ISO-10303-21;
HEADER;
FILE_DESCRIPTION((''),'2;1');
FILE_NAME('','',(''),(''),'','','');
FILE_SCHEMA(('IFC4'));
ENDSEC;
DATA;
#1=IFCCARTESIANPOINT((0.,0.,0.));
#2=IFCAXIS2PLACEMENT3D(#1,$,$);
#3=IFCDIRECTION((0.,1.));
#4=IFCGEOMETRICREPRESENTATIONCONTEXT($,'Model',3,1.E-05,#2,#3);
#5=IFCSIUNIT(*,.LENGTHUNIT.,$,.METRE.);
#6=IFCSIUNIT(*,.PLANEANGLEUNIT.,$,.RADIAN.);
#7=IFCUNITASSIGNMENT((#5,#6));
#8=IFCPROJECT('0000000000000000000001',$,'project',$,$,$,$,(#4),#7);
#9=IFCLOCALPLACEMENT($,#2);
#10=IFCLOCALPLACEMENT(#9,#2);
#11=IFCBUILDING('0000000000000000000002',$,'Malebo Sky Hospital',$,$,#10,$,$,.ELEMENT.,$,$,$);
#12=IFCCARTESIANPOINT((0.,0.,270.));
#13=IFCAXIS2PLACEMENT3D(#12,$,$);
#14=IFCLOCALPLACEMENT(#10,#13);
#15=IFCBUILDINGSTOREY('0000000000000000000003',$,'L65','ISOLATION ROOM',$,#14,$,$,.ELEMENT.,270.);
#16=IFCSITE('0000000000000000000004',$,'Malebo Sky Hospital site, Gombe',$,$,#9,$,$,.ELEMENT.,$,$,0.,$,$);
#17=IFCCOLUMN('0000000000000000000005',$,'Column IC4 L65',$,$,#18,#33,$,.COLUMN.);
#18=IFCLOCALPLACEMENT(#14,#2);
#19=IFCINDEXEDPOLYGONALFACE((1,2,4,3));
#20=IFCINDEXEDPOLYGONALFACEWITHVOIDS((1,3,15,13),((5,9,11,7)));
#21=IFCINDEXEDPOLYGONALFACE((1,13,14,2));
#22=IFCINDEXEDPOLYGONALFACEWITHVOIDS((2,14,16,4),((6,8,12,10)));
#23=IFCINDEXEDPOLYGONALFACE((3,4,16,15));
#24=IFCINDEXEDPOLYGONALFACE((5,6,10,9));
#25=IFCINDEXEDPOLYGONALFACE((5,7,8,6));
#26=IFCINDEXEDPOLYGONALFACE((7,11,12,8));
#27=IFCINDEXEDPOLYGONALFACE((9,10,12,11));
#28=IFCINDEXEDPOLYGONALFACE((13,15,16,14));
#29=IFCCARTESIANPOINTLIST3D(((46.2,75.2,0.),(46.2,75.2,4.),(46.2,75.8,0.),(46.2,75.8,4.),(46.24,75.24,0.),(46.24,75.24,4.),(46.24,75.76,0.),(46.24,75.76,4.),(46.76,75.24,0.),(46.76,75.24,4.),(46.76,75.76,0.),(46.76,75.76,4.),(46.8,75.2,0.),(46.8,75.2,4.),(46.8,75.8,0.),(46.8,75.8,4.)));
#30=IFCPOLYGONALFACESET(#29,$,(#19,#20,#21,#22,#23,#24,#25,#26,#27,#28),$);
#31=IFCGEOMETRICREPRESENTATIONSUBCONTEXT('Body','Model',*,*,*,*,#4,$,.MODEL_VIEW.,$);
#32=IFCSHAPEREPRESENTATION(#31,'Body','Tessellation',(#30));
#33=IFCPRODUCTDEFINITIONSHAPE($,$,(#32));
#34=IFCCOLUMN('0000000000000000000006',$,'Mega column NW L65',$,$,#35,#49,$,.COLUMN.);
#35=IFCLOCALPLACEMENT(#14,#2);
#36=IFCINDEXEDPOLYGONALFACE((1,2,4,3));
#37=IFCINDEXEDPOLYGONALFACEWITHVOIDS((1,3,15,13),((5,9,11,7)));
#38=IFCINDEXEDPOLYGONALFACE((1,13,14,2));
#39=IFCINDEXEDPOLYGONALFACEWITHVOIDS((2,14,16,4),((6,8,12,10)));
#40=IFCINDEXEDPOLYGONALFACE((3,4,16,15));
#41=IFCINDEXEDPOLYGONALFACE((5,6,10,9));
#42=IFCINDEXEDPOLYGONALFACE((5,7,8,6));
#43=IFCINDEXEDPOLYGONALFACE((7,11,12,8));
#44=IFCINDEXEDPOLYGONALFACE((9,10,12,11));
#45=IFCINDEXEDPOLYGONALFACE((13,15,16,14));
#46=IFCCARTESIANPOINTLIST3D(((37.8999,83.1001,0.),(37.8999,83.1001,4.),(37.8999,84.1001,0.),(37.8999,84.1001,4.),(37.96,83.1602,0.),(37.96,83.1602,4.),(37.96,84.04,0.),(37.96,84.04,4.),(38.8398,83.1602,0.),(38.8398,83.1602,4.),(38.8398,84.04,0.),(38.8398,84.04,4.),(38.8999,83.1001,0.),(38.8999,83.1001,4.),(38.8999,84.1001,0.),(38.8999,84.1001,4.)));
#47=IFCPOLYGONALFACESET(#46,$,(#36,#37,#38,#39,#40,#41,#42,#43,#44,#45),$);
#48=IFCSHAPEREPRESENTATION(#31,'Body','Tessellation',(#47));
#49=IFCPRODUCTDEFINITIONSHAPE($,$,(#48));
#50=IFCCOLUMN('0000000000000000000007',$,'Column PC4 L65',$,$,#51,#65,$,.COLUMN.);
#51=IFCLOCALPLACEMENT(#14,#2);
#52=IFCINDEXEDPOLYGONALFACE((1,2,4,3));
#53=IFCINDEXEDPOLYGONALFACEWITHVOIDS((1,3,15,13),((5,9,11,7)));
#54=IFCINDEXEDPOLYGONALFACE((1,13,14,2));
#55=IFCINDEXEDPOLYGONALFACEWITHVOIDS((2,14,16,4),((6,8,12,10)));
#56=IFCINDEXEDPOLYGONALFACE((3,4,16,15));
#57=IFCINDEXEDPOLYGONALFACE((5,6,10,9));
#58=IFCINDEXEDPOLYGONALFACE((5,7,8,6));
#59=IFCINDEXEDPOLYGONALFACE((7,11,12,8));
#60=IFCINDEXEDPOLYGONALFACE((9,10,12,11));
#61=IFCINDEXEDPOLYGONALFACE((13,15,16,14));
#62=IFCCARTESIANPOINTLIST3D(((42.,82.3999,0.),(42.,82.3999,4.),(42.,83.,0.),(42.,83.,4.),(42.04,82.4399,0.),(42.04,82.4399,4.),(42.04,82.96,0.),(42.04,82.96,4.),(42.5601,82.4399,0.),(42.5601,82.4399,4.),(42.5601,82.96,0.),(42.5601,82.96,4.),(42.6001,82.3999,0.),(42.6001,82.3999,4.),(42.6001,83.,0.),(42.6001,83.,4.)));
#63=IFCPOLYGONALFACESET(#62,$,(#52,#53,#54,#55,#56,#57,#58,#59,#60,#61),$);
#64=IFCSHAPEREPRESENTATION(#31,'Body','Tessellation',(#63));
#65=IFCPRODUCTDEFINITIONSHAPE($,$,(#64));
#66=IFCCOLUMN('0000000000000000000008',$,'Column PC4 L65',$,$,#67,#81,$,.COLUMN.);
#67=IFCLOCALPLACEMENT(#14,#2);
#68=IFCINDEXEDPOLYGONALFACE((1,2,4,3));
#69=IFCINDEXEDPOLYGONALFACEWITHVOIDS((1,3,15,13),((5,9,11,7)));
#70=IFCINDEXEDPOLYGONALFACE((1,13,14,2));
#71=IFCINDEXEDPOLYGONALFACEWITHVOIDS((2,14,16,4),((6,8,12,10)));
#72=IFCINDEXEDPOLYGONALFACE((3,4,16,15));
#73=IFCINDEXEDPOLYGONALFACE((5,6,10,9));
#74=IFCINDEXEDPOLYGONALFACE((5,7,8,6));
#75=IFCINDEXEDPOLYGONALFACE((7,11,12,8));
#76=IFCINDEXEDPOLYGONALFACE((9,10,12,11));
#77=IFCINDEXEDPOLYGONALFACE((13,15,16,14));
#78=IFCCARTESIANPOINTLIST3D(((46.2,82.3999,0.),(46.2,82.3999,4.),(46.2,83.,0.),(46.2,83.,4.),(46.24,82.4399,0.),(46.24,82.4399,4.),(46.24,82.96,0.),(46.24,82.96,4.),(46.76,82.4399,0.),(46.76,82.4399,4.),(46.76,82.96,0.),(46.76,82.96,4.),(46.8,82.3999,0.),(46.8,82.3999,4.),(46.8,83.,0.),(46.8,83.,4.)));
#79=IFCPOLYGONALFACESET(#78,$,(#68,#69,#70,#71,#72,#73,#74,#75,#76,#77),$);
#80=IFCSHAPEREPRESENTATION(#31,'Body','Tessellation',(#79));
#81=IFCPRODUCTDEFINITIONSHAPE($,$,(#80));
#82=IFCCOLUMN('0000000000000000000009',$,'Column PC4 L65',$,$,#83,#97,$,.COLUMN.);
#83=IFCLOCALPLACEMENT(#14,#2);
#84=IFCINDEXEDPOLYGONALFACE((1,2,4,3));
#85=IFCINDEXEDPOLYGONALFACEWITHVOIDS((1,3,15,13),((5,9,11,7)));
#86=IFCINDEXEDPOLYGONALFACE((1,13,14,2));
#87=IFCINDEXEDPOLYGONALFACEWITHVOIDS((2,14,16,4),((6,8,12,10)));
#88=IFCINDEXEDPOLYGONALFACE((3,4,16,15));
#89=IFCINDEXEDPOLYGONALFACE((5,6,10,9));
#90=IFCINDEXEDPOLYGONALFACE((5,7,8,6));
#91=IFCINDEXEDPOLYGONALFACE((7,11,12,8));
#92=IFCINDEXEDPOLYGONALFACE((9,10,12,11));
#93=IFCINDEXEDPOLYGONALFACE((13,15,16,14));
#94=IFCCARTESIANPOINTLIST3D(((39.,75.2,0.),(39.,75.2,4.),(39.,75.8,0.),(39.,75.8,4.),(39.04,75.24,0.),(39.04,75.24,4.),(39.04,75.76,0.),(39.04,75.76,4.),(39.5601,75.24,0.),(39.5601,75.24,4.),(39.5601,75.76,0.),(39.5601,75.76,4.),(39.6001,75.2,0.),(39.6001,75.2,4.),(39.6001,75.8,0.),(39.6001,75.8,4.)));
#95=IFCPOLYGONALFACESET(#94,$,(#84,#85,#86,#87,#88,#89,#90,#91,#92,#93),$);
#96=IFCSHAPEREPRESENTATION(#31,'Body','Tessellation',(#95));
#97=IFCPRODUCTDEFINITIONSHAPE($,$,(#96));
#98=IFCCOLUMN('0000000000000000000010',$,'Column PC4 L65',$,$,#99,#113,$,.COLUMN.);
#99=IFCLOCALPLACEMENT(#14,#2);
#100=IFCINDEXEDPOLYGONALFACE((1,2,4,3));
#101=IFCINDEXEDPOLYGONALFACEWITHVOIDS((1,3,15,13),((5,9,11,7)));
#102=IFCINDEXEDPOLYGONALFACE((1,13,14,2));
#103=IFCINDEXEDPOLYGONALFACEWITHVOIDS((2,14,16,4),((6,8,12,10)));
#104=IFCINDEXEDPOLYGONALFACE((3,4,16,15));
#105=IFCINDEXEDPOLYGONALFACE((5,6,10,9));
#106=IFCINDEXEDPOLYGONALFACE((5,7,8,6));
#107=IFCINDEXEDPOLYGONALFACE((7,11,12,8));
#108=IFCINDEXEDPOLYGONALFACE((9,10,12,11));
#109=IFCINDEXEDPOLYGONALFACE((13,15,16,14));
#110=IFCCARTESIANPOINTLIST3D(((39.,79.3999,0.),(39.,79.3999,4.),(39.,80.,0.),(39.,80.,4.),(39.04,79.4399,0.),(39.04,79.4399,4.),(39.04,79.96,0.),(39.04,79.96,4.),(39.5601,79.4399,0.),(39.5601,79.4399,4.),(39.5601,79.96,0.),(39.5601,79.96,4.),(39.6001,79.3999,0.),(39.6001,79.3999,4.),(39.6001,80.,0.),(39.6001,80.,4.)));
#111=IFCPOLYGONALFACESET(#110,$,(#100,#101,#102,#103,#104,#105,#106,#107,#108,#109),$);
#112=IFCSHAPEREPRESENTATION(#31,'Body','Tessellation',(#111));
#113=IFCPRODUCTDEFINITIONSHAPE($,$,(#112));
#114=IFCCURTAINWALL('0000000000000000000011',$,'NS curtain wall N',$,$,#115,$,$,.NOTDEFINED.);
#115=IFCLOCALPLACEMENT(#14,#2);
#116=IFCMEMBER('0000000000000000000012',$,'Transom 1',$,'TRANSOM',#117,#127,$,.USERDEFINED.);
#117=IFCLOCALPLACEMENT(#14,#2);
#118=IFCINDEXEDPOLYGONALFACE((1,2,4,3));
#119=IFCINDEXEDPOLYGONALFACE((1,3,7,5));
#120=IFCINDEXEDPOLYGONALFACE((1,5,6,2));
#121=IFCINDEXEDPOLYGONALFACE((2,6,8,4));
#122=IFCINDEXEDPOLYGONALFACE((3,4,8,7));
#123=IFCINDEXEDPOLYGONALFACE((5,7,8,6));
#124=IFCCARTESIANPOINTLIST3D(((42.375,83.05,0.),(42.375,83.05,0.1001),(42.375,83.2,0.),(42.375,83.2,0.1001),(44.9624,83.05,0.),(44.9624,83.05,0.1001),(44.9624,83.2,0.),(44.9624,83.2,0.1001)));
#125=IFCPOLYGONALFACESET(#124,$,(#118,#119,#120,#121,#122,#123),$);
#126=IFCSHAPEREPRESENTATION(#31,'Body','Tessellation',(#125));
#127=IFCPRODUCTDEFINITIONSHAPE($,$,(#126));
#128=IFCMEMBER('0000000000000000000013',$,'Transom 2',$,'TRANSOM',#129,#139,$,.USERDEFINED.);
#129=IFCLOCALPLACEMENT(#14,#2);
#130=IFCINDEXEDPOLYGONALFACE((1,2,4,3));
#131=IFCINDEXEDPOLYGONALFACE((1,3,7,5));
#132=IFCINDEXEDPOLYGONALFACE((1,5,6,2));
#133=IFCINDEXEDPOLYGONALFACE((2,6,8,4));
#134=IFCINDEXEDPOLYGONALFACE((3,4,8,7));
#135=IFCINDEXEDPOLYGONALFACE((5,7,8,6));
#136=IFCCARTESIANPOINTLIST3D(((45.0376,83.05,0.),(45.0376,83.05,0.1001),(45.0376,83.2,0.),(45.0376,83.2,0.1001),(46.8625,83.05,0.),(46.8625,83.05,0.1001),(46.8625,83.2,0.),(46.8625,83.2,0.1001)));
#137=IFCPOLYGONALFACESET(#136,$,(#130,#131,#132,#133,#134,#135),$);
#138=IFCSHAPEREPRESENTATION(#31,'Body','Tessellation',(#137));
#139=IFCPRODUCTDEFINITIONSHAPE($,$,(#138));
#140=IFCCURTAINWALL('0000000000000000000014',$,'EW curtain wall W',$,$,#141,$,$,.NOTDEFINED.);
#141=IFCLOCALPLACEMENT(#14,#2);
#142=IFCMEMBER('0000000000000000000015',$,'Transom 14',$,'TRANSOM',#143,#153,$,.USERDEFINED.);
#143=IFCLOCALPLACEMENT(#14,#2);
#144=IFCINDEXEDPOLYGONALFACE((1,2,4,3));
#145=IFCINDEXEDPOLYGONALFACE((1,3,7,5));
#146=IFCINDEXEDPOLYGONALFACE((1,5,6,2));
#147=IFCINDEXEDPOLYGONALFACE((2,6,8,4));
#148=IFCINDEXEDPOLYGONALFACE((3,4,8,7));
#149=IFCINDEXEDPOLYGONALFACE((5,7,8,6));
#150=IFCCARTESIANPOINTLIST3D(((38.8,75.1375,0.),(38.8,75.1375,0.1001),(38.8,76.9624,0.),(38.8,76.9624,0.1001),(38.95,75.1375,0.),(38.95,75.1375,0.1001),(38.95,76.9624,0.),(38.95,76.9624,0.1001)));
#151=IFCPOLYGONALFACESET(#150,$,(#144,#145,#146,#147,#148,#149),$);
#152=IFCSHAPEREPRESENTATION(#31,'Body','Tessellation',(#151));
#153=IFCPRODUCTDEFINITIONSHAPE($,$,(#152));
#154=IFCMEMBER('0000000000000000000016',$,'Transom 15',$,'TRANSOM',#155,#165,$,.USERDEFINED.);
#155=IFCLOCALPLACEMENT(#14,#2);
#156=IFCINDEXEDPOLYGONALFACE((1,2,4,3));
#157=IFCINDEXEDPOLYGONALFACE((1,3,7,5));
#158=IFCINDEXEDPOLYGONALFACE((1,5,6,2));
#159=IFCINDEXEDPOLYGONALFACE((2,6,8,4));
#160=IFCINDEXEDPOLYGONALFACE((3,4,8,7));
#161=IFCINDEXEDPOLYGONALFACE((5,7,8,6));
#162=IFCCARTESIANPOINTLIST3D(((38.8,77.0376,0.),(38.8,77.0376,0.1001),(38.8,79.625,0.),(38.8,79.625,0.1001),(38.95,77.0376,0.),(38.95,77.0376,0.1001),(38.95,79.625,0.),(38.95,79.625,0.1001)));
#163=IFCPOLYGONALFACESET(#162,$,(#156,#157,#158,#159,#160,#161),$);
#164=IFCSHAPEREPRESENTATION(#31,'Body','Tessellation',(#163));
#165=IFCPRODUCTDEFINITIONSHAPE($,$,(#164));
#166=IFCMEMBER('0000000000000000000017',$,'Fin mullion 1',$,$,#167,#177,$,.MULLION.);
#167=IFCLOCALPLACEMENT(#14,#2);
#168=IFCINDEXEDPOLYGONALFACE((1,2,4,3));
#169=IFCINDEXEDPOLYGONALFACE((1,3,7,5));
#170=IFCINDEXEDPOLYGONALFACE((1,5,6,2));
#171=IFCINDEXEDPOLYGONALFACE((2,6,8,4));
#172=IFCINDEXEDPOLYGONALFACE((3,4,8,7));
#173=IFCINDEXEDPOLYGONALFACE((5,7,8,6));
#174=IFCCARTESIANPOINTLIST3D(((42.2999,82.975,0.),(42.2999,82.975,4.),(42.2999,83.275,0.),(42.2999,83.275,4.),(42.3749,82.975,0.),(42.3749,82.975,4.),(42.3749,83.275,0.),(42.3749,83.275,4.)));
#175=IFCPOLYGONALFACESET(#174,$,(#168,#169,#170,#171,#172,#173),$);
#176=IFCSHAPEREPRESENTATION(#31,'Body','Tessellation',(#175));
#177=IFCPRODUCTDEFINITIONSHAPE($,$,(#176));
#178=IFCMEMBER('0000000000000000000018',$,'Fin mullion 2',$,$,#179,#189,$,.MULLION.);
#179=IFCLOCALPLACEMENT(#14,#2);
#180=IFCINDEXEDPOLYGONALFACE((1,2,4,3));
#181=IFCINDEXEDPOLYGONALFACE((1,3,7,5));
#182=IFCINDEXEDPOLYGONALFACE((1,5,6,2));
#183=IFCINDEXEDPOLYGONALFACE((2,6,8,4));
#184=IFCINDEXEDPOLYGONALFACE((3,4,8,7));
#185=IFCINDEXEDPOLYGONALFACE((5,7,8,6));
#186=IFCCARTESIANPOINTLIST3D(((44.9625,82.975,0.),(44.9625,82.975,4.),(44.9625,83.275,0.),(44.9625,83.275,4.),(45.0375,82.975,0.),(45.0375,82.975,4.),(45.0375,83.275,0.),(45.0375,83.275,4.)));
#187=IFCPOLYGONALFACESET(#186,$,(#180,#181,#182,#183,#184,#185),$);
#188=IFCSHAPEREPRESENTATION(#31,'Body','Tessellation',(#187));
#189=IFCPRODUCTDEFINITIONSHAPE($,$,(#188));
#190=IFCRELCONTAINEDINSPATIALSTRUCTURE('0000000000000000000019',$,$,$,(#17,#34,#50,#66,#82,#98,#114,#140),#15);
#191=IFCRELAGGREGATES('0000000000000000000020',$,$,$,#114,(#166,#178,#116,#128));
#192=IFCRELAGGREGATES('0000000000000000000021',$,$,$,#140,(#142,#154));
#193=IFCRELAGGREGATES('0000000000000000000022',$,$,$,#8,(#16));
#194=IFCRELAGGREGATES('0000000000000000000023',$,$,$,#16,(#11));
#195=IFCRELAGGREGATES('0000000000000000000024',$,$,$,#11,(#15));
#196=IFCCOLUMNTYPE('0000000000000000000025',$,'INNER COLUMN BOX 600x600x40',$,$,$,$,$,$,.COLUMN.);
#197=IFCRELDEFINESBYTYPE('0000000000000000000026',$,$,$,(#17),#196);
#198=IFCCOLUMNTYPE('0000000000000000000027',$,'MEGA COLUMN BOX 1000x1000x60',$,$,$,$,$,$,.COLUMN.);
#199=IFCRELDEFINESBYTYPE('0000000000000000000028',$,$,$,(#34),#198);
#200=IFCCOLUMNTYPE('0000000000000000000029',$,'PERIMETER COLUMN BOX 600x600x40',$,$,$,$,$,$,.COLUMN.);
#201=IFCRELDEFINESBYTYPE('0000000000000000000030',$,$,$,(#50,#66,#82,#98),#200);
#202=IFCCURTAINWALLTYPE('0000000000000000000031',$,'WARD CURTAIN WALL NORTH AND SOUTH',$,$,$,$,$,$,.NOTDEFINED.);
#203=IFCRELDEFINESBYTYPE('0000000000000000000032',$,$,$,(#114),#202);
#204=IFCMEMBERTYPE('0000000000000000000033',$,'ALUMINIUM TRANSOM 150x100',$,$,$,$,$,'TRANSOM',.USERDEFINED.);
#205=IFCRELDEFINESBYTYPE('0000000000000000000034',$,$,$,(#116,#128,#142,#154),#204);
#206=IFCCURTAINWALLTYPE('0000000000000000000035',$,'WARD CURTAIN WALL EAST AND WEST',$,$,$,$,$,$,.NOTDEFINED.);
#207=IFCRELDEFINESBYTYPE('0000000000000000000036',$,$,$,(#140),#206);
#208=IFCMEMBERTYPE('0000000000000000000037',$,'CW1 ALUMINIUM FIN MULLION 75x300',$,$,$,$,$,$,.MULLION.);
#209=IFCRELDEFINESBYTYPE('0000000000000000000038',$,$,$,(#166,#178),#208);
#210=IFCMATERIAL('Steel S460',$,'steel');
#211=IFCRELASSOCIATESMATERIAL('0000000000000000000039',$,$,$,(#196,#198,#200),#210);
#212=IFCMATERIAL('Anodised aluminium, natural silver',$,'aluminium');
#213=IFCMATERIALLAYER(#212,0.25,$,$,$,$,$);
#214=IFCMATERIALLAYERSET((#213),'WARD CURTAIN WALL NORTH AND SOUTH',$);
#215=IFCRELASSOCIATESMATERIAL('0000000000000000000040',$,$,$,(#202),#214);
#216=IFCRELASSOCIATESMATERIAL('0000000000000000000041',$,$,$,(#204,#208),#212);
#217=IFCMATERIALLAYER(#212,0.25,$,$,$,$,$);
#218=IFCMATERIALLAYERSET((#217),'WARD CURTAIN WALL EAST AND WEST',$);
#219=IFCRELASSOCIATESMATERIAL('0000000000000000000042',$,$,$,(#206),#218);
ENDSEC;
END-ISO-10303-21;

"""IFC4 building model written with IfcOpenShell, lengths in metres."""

from ifc_helpers import new_model, si_unit, direction, frame, origin, origin_2d, place, context, subcontext, project, spatial, rectangle, hollow_rectangle, extrude, material, layer, layer_set, material_profile, profile_set, type_object, element, aggregate, save


model = new_model("IFC4")

# Units and contexts
model_context = context("Model", 3, precision=1e-05, world=origin(), true_north=direction((0.0, 1.0)))
body_context = subcontext(model_context, "Body", "Model", "MODEL_VIEW")
ifc_project = project(units=[si_unit("LENGTHUNIT", "METRE"), si_unit("PLANEANGLEUNIT", "RADIAN")], contexts=[model_context])

# Site, building, storey
site_placement = place(None, origin())
site = spatial("IfcSite", under=ifc_project, at=site_placement, Name="Malebo Sky Hospital site, Gombe", CompositionType="ELEMENT", RefElevation=0.0)
building_placement = place(site_placement, origin())
building = spatial("IfcBuilding", under=site, at=building_placement, Name="Malebo Sky Hospital", CompositionType="ELEMENT")
storey_placement = place(building_placement, frame((0.0, 0.0, 270.0)))
storey = spatial("IfcBuildingStorey", under=building, at=storey_placement, Name="L65", Description="ISOLATION ROOM", CompositionType="ELEMENT", Elevation=270.0)

# Columns
ifc_material_1 = material(Name="Steel S460", Category="steel")
ifc_material_profile_1 = material_profile(ifc_material_1, hollow_rectangle(XDim=0.6001, YDim=0.6001, WallThickness=0.04, at=origin_2d()), Name="BOX 600x600x40")
ifc_profile_set_1 = profile_set([ifc_material_profile_1], Name="Steel S460")
column_type_1 = type_object("IfcColumnType", Name="INNER COLUMN BOX 600x600x40", PredefinedType="COLUMN", material=ifc_profile_set_1)
column_1_placement = place(storey_placement, frame((46.5, 75.5, 0.0), z_axis=(0.0, 0.0, 1.0), x_axis=(1.0, 0.0, 0.0)))
element("IfcColumn", 1, at=column_1_placement, inside=storey, type_object=column_type_1, Name="Column IC4 L65", PredefinedType="COLUMN", context=body_context, shape_type="SweptSolid", body=[
    extrude(hollow_rectangle(XDim=0.6001, YDim=0.6001, WallThickness=0.04, at=origin_2d()), origin(), (0.0, 0.0, 1.0), 4.0),
])
ifc_material_profile_2 = material_profile(ifc_material_1, hollow_rectangle(XDim=1.0, YDim=1.0, WallThickness=0.0601, at=origin_2d()), Name="BOX 1000x1000x60")
ifc_profile_set_2 = profile_set([ifc_material_profile_2], Name="Steel S460")
column_type_2 = type_object("IfcColumnType", Name="MEGA COLUMN BOX 1000x1000x60", PredefinedType="COLUMN", material=ifc_profile_set_2)
column_2_placement = place(storey_placement, frame((38.3999, 83.6001, 0.0), z_axis=(0.0, 0.0, 1.0), x_axis=(1.0, 0.0, 0.0)))
element("IfcColumn", 2, at=column_2_placement, inside=storey, type_object=column_type_2, Name="Mega column NW L65", PredefinedType="COLUMN", context=body_context, shape_type="SweptSolid", body=[
    extrude(hollow_rectangle(XDim=1.0, YDim=1.0, WallThickness=0.0601, at=origin_2d()), origin(), (0.0, 0.0, 1.0), 4.0),
])
ifc_material_profile_3 = material_profile(ifc_material_1, hollow_rectangle(XDim=0.6001, YDim=0.6001, WallThickness=0.04, at=origin_2d()), Name="BOX 600x600x40")
ifc_profile_set_3 = profile_set([ifc_material_profile_3], Name="Steel S460")
column_type_3 = type_object("IfcColumnType", Name="PERIMETER COLUMN BOX 600x600x40", PredefinedType="COLUMN", material=ifc_profile_set_3)
for number, where, z_axis, x_axis, name in (
    (3, (42.3, 82.7, 0.0), (0.0, 0.0, 1.0), (1.0, 0.0, 0.0), "Column PC4 L65"),
    (4, (46.5, 82.7, 0.0), (0.0, 0.0, 1.0), (1.0, 0.0, 0.0), "Column PC4 L65"),
    (5, (39.3, 75.5, 0.0), (0.0, 0.0, 1.0), (1.0, 0.0, 0.0), "Column PC4 L65"),
    (6, (39.3, 79.7, 0.0), (0.0, 0.0, 1.0), (1.0, 0.0, 0.0), "Column PC4 L65"),
):
    element("IfcColumn", number, at=place(storey_placement, frame(where, z_axis=z_axis, x_axis=x_axis)), inside=storey, type_object=column_type_3, Name=name, PredefinedType="COLUMN", context=body_context, shape_type="SweptSolid", body=[
        extrude(hollow_rectangle(XDim=0.6001, YDim=0.6001, WallThickness=0.04, at=origin_2d()), origin(), (0.0, 0.0, 1.0), 4.0),
    ])

# Curtain walls, members
ifc_material_2 = material(Name="Anodised aluminium, natural silver", Category="aluminium")
ifc_layer_1 = layer(ifc_material_2, 0.25)
ifc_layer_set_1 = layer_set([ifc_layer_1], Name="WARD CURTAIN WALL NORTH AND SOUTH")
curtain_wall_type_1 = type_object("IfcCurtainWallType", Name="WARD CURTAIN WALL NORTH AND SOUTH", PredefinedType="NOTDEFINED", material=ifc_layer_set_1)
curtain_wall_1_placement = place(storey_placement, origin())
curtain_wall_1 = element("IfcCurtainWall", 7, at=curtain_wall_1_placement, inside=storey, type_object=curtain_wall_type_1, Name="NS curtain wall N", PredefinedType="NOTDEFINED")
ifc_material_profile_4 = material_profile(ifc_material_2, rectangle(XDim=0.1499, YDim=0.1001, at=origin_2d()), Name="ALUMINIUM TRANSOM 150x100")
ifc_profile_set_4 = profile_set([ifc_material_profile_4], Name="Anodised aluminium, natural silver")
member_type_1 = type_object("IfcMemberType", Name="ALUMINIUM TRANSOM 150x100", ElementType="TRANSOM", PredefinedType="USERDEFINED", material=ifc_profile_set_4)
member_1_placement = place(storey_placement, frame((42.375, 83.125, 0.05), z_axis=(1.0, 0.0, 0.0), x_axis=(0.0, 1.0, 0.0)))
member_1 = element("IfcMember", 8, at=member_1_placement, type_object=member_type_1, Name="Transom 1", ObjectType="TRANSOM", PredefinedType="USERDEFINED", context=body_context, shape_type="SweptSolid", body=[
    extrude(rectangle(XDim=0.1499, YDim=0.1001, at=origin_2d()), origin(), (0.0, 0.0, 1.0), 2.5874),
])
member_2_placement = place(storey_placement, frame((45.0376, 83.125, 0.05), z_axis=(1.0, 0.0, 0.0), x_axis=(0.0, 1.0, 0.0)))
member_2 = element("IfcMember", 9, at=member_2_placement, type_object=member_type_1, Name="Transom 2", ObjectType="TRANSOM", PredefinedType="USERDEFINED", context=body_context, shape_type="SweptSolid", body=[
    extrude(rectangle(XDim=0.1499, YDim=0.1001, at=origin_2d()), origin(), (0.0, 0.0, 1.0), 1.825),
])
ifc_layer_2 = layer(ifc_material_2, 0.25)
ifc_layer_set_2 = layer_set([ifc_layer_2], Name="WARD CURTAIN WALL EAST AND WEST")
curtain_wall_type_2 = type_object("IfcCurtainWallType", Name="WARD CURTAIN WALL EAST AND WEST", PredefinedType="NOTDEFINED", material=ifc_layer_set_2)
curtain_wall_2_placement = place(storey_placement, origin())
curtain_wall_2 = element("IfcCurtainWall", 10, at=curtain_wall_2_placement, inside=storey, type_object=curtain_wall_type_2, Name="EW curtain wall W", PredefinedType="NOTDEFINED")
member_3_placement = place(storey_placement, frame((38.875, 75.1375, 0.05), z_axis=(0.0, 1.0, 0.0), x_axis=(-1.0, 0.0, 0.0)))
member_3 = element("IfcMember", 11, at=member_3_placement, type_object=member_type_1, Name="Transom 14", ObjectType="TRANSOM", PredefinedType="USERDEFINED", context=body_context, shape_type="SweptSolid", body=[
    extrude(rectangle(XDim=0.1499, YDim=0.1001, at=origin_2d()), origin(), (0.0, 0.0, 1.0), 1.825),
])
member_4_placement = place(storey_placement, frame((38.875, 77.0376, 0.05), z_axis=(0.0, 1.0, 0.0), x_axis=(-1.0, 0.0, 0.0)))
member_4 = element("IfcMember", 12, at=member_4_placement, type_object=member_type_1, Name="Transom 15", ObjectType="TRANSOM", PredefinedType="USERDEFINED", context=body_context, shape_type="SweptSolid", body=[
    extrude(rectangle(XDim=0.1499, YDim=0.1001, at=origin_2d()), origin(), (0.0, 0.0, 1.0), 2.5874),
])

# Members
ifc_material_profile_5 = material_profile(ifc_material_2, rectangle(XDim=0.075, YDim=0.3, at=origin_2d()), Name="CW1 ALUMINIUM FIN MULLION 75x300")
ifc_profile_set_5 = profile_set([ifc_material_profile_5], Name="Anodised aluminium, natural silver")
member_type_2 = type_object("IfcMemberType", Name="CW1 ALUMINIUM FIN MULLION 75x300", PredefinedType="MULLION", material=ifc_profile_set_5)
member_5_placement = place(storey_placement, frame((42.3374, 83.125, 0.0), z_axis=(0.0, 0.0, 1.0), x_axis=(1.0, 0.0, 0.0)))
member_5 = element("IfcMember", 13, at=member_5_placement, type_object=member_type_2, Name="Fin mullion 1", PredefinedType="MULLION", context=body_context, shape_type="SweptSolid", body=[
    extrude(rectangle(XDim=0.075, YDim=0.3, at=origin_2d()), origin(), (0.0, 0.0, 1.0), 4.0),
])
member_6_placement = place(storey_placement, frame((45.0, 83.125, 0.0), z_axis=(0.0, 0.0, 1.0), x_axis=(1.0, 0.0, 0.0)))
member_6 = element("IfcMember", 14, at=member_6_placement, type_object=member_type_2, Name="Fin mullion 2", PredefinedType="MULLION", context=body_context, shape_type="SweptSolid", body=[
    extrude(rectangle(XDim=0.075, YDim=0.3, at=origin_2d()), origin(), (0.0, 0.0, 1.0), 4.0),
])

aggregate(curtain_wall_1, [member_5, member_6, member_1, member_2])
aggregate(curtain_wall_2, [member_3, member_4])

save(model, "model.ifc")
